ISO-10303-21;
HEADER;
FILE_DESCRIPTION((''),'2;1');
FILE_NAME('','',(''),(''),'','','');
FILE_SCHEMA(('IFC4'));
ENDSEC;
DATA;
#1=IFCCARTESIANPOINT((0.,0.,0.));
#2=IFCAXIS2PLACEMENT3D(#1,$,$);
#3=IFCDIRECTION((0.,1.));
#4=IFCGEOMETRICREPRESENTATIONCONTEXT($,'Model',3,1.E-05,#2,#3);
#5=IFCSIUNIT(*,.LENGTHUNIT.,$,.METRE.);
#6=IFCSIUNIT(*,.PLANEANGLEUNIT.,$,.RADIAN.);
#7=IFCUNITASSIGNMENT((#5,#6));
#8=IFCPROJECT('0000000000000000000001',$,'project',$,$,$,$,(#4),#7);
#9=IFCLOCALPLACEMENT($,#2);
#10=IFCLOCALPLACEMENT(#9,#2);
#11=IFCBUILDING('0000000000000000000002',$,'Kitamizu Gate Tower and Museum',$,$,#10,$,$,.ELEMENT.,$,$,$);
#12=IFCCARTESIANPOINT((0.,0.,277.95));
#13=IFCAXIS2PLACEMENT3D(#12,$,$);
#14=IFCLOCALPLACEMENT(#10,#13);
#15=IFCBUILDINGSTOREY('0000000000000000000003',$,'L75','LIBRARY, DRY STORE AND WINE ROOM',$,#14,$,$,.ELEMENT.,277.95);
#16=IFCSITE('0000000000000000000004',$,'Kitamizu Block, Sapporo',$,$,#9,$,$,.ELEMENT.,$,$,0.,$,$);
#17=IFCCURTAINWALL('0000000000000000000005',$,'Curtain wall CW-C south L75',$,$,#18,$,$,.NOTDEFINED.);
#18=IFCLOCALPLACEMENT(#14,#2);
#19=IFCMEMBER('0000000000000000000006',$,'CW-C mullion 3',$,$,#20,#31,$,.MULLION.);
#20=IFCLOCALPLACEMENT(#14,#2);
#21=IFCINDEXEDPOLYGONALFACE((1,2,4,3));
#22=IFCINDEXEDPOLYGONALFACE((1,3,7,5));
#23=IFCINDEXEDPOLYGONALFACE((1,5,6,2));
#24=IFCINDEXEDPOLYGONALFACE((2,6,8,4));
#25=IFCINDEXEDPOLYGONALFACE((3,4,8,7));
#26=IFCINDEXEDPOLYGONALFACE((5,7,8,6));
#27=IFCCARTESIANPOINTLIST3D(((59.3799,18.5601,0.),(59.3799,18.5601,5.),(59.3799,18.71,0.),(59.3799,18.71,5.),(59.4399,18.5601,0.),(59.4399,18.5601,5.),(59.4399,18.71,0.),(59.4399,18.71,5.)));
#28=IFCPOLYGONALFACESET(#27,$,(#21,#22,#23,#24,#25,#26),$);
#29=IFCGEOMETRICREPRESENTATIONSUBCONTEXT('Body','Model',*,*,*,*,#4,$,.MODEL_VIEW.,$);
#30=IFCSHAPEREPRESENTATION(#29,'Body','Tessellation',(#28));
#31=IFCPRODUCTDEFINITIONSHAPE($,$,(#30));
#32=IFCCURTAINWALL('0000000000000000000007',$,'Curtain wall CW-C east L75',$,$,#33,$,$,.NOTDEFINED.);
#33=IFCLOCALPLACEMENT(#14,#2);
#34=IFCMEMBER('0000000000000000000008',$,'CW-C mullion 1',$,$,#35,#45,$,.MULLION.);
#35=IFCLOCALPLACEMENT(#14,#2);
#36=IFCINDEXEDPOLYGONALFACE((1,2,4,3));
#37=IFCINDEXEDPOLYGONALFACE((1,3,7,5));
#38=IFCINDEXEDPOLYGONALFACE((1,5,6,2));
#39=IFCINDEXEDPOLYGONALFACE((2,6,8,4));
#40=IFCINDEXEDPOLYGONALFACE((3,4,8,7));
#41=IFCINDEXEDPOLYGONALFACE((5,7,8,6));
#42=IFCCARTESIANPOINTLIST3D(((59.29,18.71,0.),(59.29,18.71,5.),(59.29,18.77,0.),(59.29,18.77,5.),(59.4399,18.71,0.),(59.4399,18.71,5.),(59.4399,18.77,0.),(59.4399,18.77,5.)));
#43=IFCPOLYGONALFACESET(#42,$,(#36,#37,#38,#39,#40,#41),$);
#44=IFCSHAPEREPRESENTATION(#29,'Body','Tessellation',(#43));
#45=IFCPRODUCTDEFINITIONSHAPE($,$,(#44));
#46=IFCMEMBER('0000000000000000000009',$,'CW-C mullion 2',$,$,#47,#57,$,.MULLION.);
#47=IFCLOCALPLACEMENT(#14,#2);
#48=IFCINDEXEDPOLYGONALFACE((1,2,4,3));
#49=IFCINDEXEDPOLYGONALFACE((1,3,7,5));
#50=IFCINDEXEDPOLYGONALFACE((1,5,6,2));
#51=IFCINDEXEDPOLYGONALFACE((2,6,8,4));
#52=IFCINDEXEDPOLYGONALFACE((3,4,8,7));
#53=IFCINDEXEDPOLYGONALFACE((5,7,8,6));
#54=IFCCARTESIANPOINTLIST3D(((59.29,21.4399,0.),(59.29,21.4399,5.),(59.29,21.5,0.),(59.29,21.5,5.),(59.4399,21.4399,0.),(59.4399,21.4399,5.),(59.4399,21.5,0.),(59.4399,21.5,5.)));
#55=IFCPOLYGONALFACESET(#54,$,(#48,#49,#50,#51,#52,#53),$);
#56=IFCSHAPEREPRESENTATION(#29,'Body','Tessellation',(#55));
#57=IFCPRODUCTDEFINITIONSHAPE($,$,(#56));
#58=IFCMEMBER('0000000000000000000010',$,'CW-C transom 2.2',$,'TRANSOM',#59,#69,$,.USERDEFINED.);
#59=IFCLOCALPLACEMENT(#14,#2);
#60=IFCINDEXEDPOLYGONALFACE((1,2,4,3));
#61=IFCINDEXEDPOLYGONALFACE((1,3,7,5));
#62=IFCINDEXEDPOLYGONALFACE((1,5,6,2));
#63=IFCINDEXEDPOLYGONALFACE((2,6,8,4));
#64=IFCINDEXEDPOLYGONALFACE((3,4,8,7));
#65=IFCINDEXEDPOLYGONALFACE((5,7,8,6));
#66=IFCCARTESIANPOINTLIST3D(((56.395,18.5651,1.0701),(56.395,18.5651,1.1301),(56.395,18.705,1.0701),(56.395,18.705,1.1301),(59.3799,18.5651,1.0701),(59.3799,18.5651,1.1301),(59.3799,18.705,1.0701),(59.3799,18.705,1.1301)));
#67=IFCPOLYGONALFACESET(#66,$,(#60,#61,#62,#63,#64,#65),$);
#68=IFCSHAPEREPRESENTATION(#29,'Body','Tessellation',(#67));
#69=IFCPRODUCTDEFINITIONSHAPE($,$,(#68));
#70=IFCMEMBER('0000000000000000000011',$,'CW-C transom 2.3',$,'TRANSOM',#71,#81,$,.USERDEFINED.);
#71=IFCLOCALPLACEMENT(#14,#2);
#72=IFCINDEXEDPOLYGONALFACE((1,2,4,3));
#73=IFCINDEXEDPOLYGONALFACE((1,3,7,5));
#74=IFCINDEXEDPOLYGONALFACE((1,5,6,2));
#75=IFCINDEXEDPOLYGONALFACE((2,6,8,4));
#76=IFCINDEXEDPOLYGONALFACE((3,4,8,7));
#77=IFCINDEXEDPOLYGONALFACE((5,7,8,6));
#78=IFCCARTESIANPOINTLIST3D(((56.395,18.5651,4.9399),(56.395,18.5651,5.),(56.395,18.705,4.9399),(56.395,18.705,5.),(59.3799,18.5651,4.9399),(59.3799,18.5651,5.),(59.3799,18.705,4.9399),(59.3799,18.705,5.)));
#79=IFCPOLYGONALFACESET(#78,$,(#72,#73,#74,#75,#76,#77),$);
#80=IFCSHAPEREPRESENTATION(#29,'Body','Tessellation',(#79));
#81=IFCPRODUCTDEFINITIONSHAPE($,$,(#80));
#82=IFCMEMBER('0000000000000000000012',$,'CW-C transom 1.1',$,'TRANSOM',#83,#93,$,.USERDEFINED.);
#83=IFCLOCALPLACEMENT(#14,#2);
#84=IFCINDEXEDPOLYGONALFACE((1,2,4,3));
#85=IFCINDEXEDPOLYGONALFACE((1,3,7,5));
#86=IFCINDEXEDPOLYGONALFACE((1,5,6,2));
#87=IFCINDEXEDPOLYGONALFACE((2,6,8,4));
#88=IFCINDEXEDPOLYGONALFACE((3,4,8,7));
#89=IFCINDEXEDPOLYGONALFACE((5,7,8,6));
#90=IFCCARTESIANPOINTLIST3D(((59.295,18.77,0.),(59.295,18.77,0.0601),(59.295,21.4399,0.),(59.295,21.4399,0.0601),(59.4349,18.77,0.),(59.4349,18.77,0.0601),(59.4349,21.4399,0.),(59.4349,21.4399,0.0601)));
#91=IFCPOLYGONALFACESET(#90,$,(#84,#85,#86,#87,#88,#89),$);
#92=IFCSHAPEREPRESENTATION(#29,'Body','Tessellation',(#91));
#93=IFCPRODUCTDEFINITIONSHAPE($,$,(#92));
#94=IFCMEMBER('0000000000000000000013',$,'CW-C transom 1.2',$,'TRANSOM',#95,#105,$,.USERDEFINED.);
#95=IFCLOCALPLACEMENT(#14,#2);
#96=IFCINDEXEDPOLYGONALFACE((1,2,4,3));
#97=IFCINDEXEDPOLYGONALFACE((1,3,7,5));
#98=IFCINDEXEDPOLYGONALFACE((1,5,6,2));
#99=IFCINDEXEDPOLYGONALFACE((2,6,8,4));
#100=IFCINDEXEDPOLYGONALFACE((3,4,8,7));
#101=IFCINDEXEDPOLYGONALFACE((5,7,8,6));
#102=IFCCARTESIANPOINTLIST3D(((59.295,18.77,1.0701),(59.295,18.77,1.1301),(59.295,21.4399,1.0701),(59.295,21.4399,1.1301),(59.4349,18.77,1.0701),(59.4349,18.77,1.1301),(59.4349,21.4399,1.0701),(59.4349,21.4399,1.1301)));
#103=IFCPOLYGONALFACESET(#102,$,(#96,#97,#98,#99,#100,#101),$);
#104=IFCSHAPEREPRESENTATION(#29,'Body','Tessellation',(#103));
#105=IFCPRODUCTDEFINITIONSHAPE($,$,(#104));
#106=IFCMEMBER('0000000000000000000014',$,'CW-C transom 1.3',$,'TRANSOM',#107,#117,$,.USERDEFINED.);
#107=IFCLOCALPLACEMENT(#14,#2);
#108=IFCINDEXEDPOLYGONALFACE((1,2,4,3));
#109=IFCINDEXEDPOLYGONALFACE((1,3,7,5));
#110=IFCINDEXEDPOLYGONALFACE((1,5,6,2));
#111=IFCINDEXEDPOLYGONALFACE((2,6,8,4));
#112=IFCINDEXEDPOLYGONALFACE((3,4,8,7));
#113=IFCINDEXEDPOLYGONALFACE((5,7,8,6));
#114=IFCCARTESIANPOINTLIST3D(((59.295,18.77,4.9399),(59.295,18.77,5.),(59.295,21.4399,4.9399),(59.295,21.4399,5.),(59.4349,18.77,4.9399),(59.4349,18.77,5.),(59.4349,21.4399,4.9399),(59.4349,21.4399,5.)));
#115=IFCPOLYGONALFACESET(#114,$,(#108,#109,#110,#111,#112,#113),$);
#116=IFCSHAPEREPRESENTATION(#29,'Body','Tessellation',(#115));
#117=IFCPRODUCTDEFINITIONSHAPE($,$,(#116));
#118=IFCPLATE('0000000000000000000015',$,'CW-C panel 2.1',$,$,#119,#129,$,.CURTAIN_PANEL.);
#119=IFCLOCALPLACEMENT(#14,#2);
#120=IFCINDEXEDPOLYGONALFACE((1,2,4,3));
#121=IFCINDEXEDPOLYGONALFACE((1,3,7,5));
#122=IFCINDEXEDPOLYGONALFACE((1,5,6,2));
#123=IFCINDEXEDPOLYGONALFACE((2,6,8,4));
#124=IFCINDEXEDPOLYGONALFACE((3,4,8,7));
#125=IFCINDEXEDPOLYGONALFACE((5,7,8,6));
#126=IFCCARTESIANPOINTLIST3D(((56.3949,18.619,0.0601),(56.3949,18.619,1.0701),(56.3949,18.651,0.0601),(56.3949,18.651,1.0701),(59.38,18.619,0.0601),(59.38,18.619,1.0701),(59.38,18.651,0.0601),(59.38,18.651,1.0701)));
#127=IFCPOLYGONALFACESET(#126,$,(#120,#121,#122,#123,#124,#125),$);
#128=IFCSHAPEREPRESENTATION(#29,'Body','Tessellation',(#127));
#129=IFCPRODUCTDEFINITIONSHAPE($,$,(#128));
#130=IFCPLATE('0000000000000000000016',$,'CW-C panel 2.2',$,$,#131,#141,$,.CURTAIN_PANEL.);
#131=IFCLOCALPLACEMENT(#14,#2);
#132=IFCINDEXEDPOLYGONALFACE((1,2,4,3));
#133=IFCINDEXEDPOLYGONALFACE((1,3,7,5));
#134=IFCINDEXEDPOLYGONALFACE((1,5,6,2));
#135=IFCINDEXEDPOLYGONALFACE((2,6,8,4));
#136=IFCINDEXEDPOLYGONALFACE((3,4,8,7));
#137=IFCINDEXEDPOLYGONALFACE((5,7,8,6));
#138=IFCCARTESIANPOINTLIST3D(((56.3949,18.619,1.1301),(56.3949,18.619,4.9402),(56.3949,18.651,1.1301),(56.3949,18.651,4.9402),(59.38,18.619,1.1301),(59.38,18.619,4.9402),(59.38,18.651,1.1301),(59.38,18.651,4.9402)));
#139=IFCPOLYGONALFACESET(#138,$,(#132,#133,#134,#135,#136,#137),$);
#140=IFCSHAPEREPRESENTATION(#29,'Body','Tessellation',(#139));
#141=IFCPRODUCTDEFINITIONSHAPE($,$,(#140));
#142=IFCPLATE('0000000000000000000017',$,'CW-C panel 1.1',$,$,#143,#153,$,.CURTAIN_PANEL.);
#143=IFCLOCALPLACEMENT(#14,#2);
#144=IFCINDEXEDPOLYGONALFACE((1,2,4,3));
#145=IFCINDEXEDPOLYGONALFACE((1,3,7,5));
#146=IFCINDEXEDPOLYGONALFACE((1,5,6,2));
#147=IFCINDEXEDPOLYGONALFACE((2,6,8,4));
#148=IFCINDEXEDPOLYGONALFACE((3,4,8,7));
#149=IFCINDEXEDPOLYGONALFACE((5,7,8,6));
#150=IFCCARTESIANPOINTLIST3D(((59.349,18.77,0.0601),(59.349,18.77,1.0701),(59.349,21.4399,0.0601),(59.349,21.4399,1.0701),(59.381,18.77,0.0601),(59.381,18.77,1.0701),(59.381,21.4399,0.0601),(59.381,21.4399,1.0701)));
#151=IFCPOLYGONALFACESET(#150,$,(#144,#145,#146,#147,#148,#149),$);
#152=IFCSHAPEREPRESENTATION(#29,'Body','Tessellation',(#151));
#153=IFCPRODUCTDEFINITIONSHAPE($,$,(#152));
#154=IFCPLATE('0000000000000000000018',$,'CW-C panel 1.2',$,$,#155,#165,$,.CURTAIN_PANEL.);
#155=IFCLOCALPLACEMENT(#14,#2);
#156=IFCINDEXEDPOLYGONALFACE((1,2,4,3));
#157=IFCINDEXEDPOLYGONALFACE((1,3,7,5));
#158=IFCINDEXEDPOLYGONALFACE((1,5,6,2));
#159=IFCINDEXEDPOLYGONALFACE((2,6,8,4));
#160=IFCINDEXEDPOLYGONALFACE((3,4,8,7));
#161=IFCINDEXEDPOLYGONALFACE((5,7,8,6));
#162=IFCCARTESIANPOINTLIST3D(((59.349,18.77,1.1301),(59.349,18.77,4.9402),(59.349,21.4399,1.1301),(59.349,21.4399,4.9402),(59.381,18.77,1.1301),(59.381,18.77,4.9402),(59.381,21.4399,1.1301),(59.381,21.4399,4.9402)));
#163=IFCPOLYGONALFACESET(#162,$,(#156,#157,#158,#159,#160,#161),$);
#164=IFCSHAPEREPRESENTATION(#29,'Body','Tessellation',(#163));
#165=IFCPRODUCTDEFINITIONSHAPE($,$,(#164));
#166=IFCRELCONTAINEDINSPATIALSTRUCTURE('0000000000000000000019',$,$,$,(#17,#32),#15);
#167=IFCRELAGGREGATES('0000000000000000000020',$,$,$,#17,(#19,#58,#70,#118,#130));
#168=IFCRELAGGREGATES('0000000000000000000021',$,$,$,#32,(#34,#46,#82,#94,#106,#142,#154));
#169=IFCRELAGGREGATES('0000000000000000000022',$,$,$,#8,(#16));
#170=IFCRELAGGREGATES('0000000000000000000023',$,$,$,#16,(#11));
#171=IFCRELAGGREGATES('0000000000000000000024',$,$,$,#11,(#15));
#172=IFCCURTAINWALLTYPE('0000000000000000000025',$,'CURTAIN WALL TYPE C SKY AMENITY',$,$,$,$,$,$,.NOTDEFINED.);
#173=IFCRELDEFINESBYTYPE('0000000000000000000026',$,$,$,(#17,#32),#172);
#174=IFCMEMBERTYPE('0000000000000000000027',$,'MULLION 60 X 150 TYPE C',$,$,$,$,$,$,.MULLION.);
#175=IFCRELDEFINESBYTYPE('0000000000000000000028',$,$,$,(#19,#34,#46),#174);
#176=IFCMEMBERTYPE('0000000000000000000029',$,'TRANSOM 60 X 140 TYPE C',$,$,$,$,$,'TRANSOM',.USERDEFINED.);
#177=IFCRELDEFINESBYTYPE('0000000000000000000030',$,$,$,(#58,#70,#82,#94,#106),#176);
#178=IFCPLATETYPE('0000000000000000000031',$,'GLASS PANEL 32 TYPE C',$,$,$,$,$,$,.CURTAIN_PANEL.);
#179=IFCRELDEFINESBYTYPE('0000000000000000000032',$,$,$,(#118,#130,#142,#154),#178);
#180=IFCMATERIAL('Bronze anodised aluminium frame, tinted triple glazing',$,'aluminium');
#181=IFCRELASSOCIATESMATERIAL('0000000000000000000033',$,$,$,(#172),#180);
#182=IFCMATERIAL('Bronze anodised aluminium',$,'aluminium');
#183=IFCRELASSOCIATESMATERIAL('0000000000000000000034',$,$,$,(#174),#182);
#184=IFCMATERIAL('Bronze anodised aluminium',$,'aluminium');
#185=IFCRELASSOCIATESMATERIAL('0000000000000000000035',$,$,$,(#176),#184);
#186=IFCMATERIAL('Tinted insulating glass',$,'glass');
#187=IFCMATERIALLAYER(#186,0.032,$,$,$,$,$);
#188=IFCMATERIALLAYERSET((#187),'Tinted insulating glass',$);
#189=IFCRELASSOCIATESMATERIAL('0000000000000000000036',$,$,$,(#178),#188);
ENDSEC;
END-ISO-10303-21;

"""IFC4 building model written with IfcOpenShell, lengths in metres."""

from ifc_helpers import new_model, si_unit, direction, frame, origin, origin_2d, place, context, subcontext, project, spatial, rectangle, extrude, material, layer, layer_set, material_profile, profile_set, type_object, element, aggregate, save


model = new_model("IFC4")

# Units and contexts
model_context = context("Model", 3, precision=1e-05, world=origin(), true_north=direction((0.0, 1.0)))
body_context = subcontext(model_context, "Body", "Model", "MODEL_VIEW")
ifc_project = project(units=[si_unit("LENGTHUNIT", "METRE"), si_unit("PLANEANGLEUNIT", "RADIAN")], contexts=[model_context])

# Site, building, storey
site_placement = place(None, origin())
site = spatial("IfcSite", under=ifc_project, at=site_placement, Name="Kitamizu Block, Sapporo", CompositionType="ELEMENT", RefElevation=0.0)
building_placement = place(site_placement, origin())
building = spatial("IfcBuilding", under=site, at=building_placement, Name="Kitamizu Gate Tower and Museum", CompositionType="ELEMENT")
storey_placement = place(building_placement, frame((0.0, 0.0, 277.95)))
storey = spatial("IfcBuildingStorey", under=building, at=storey_placement, Name="L75", Description="LIBRARY, DRY STORE AND WINE ROOM", CompositionType="ELEMENT", Elevation=277.95)

# Curtain wall, member
ifc_material_1 = material(Name="Bronze anodised aluminium frame, tinted triple glazing", Category="aluminium")
curtain_wall_type = type_object("IfcCurtainWallType", Name="CURTAIN WALL TYPE C SKY AMENITY", PredefinedType="NOTDEFINED", material=ifc_material_1)
curtain_wall_1_placement = place(storey_placement, origin())
curtain_wall_1 = element("IfcCurtainWall", 1, at=curtain_wall_1_placement, inside=storey, type_object=curtain_wall_type, Name="Curtain wall CW-C south L75", PredefinedType="NOTDEFINED")
ifc_material_2 = material(Name="Bronze anodised aluminium", Category="aluminium")
ifc_material_profile_1 = material_profile(ifc_material_2, rectangle(XDim=0.0601, YDim=0.1499, at=origin_2d()), Name="AL 60X150")
ifc_profile_set_1 = profile_set([ifc_material_profile_1], Name="Bronze anodised aluminium")
member_type_1 = type_object("IfcMemberType", Name="MULLION 60 X 150 TYPE C", PredefinedType="MULLION", material=ifc_profile_set_1)
member_1_placement = place(storey_placement, frame((59.4099, 18.635, 0.0), z_axis=(0.0, 0.0, 1.0), x_axis=(1.0, 0.0, 0.0)))
member_1 = element("IfcMember", 2, at=member_1_placement, type_object=member_type_1, Name="CW-C mullion 3", PredefinedType="MULLION", context=body_context, shape_type="SweptSolid", body=[
    extrude(rectangle(XDim=0.0601, YDim=0.1499, at=origin_2d()), origin(), (0.0, 0.0, 1.0), 5.0),
])

# Curtain wall, members
curtain_wall_2_placement = place(storey_placement, origin())
curtain_wall_2 = element("IfcCurtainWall", 3, at=curtain_wall_2_placement, inside=storey, type_object=curtain_wall_type, Name="Curtain wall CW-C east L75", PredefinedType="NOTDEFINED")
member_2_placement = place(storey_placement, frame((59.365, 18.74, 0.0), z_axis=(0.0, 0.0, 1.0), x_axis=(0.0, 1.0, 0.0)))
member_2 = element("IfcMember", 4, at=member_2_placement, type_object=member_type_1, Name="CW-C mullion 1", PredefinedType="MULLION", context=body_context, shape_type="SweptSolid", body=[
    extrude(rectangle(XDim=0.0601, YDim=0.1499, at=origin_2d()), origin(), (0.0, 0.0, 1.0), 5.0),
])
member_3_placement = place(storey_placement, frame((59.365, 21.47, 0.0), z_axis=(0.0, 0.0, 1.0), x_axis=(0.0, 1.0, 0.0)))
member_3 = element("IfcMember", 5, at=member_3_placement, type_object=member_type_1, Name="CW-C mullion 2", PredefinedType="MULLION", context=body_context, shape_type="SweptSolid", body=[
    extrude(rectangle(XDim=0.0601, YDim=0.1499, at=origin_2d()), origin(), (0.0, 0.0, 1.0), 5.0),
])

# Members
ifc_material_3 = material(Name="Bronze anodised aluminium", Category="aluminium")
ifc_material_profile_2 = material_profile(ifc_material_3, rectangle(XDim=0.1399, YDim=0.0601, at=origin_2d()), Name="AL 60X140")
ifc_profile_set_2 = profile_set([ifc_material_profile_2], Name="Bronze anodised aluminium")
member_type_2 = type_object("IfcMemberType", Name="TRANSOM 60 X 140 TYPE C", ElementType="TRANSOM", PredefinedType="USERDEFINED", material=ifc_profile_set_2)
member_4_placement = place(storey_placement, frame((56.395, 18.635, 1.1001), z_axis=(1.0, 0.0, 0.0), x_axis=(0.0, 1.0, 0.0)))
member_4 = element("IfcMember", 6, at=member_4_placement, type_object=member_type_2, Name="CW-C transom 2.2", ObjectType="TRANSOM", PredefinedType="USERDEFINED", context=body_context, shape_type="SweptSolid", body=[
    extrude(rectangle(XDim=0.1399, YDim=0.0601, at=origin_2d()), origin(), (0.0, 0.0, 1.0), 2.9849),
])
member_5_placement = place(storey_placement, frame((56.395, 18.635, 4.97), z_axis=(1.0, 0.0, 0.0), x_axis=(0.0, 1.0, 0.0)))
member_5 = element("IfcMember", 7, at=member_5_placement, type_object=member_type_2, Name="CW-C transom 2.3", ObjectType="TRANSOM", PredefinedType="USERDEFINED", context=body_context, shape_type="SweptSolid", body=[
    extrude(rectangle(XDim=0.1399, YDim=0.0601, at=origin_2d()), origin(), (0.0, 0.0, 1.0), 2.9849),
])
member_6_placement = place(storey_placement, frame((59.365, 18.77, 0.03), z_axis=(0.0, 1.0, 0.0), x_axis=(-1.0, 0.0, 0.0)))
member_6 = element("IfcMember", 8, at=member_6_placement, type_object=member_type_2, Name="CW-C transom 1.1", ObjectType="TRANSOM", PredefinedType="USERDEFINED", context=body_context, shape_type="SweptSolid", body=[
    extrude(rectangle(XDim=0.1399, YDim=0.0601, at=origin_2d()), origin(), (0.0, 0.0, 1.0), 2.6699),
])
member_7_placement = place(storey_placement, frame((59.365, 18.77, 1.1001), z_axis=(0.0, 1.0, 0.0), x_axis=(-1.0, 0.0, 0.0)))
member_7 = element("IfcMember", 9, at=member_7_placement, type_object=member_type_2, Name="CW-C transom 1.2", ObjectType="TRANSOM", PredefinedType="USERDEFINED", context=body_context, shape_type="SweptSolid", body=[
    extrude(rectangle(XDim=0.1399, YDim=0.0601, at=origin_2d()), origin(), (0.0, 0.0, 1.0), 2.6699),
])
member_8_placement = place(storey_placement, frame((59.365, 18.77, 4.97), z_axis=(0.0, 1.0, 0.0), x_axis=(-1.0, 0.0, 0.0)))
member_8 = element("IfcMember", 10, at=member_8_placement, type_object=member_type_2, Name="CW-C transom 1.3", ObjectType="TRANSOM", PredefinedType="USERDEFINED", context=body_context, shape_type="SweptSolid", body=[
    extrude(rectangle(XDim=0.1399, YDim=0.0601, at=origin_2d()), origin(), (0.0, 0.0, 1.0), 2.6699),
])

# Plates
ifc_material_4 = material(Name="Tinted insulating glass", Category="glass")
ifc_layer_1 = layer(ifc_material_4, 0.032)
ifc_layer_set_1 = layer_set([ifc_layer_1], Name="Tinted insulating glass")
plate_type = type_object("IfcPlateType", Name="GLASS PANEL 32 TYPE C", PredefinedType="CURTAIN_PANEL", material=ifc_layer_set_1)
plate_1_placement = place(storey_placement, frame((57.8875, 18.635, 0.0601), z_axis=(0.0, 0.0, 1.0), x_axis=(1.0, 0.0, 0.0)))
plate_1 = element("IfcPlate", 11, at=plate_1_placement, type_object=plate_type, Name="CW-C panel 2.1", PredefinedType="CURTAIN_PANEL", context=body_context, shape_type="SweptSolid", body=[
    extrude(rectangle(XDim=2.9851, YDim=0.032, at=origin_2d()), origin(), (0.0, 0.0, 1.0), 1.01),
])
plate_2_placement = place(storey_placement, frame((57.8875, 18.635, 1.1301), z_axis=(0.0, 0.0, 1.0), x_axis=(1.0, 0.0, 0.0)))
plate_2 = element("IfcPlate", 12, at=plate_2_placement, type_object=plate_type, Name="CW-C panel 2.2", PredefinedType="CURTAIN_PANEL", context=body_context, shape_type="SweptSolid", body=[
    extrude(rectangle(XDim=2.9851, YDim=0.032, at=origin_2d()), origin(), (0.0, 0.0, 1.0), 3.8101),
])
aggregate(curtain_wall_1, [member_1, member_4, member_5, plate_1, plate_2])
plate_3_placement = place(storey_placement, frame((59.365, 20.105, 0.0601), z_axis=(0.0, 0.0, 1.0), x_axis=(0.0, 1.0, 0.0)))
plate_3 = element("IfcPlate", 13, at=plate_3_placement, type_object=plate_type, Name="CW-C panel 1.1", PredefinedType="CURTAIN_PANEL", context=body_context, shape_type="SweptSolid", body=[
    extrude(rectangle(XDim=2.6699, YDim=0.032, at=origin_2d()), origin(), (0.0, 0.0, 1.0), 1.01),
])
plate_4_placement = place(storey_placement, frame((59.365, 20.105, 1.1301), z_axis=(0.0, 0.0, 1.0), x_axis=(0.0, 1.0, 0.0)))
plate_4 = element("IfcPlate", 14, at=plate_4_placement, type_object=plate_type, Name="CW-C panel 1.2", PredefinedType="CURTAIN_PANEL", context=body_context, shape_type="SweptSolid", body=[
    extrude(rectangle(XDim=2.6699, YDim=0.032, at=origin_2d()), origin(), (0.0, 0.0, 1.0), 3.8101),
])
aggregate(curtain_wall_2, [member_2, member_3, member_6, member_7, member_8, plate_3, plate_4])

save(model, "model.ifc")
